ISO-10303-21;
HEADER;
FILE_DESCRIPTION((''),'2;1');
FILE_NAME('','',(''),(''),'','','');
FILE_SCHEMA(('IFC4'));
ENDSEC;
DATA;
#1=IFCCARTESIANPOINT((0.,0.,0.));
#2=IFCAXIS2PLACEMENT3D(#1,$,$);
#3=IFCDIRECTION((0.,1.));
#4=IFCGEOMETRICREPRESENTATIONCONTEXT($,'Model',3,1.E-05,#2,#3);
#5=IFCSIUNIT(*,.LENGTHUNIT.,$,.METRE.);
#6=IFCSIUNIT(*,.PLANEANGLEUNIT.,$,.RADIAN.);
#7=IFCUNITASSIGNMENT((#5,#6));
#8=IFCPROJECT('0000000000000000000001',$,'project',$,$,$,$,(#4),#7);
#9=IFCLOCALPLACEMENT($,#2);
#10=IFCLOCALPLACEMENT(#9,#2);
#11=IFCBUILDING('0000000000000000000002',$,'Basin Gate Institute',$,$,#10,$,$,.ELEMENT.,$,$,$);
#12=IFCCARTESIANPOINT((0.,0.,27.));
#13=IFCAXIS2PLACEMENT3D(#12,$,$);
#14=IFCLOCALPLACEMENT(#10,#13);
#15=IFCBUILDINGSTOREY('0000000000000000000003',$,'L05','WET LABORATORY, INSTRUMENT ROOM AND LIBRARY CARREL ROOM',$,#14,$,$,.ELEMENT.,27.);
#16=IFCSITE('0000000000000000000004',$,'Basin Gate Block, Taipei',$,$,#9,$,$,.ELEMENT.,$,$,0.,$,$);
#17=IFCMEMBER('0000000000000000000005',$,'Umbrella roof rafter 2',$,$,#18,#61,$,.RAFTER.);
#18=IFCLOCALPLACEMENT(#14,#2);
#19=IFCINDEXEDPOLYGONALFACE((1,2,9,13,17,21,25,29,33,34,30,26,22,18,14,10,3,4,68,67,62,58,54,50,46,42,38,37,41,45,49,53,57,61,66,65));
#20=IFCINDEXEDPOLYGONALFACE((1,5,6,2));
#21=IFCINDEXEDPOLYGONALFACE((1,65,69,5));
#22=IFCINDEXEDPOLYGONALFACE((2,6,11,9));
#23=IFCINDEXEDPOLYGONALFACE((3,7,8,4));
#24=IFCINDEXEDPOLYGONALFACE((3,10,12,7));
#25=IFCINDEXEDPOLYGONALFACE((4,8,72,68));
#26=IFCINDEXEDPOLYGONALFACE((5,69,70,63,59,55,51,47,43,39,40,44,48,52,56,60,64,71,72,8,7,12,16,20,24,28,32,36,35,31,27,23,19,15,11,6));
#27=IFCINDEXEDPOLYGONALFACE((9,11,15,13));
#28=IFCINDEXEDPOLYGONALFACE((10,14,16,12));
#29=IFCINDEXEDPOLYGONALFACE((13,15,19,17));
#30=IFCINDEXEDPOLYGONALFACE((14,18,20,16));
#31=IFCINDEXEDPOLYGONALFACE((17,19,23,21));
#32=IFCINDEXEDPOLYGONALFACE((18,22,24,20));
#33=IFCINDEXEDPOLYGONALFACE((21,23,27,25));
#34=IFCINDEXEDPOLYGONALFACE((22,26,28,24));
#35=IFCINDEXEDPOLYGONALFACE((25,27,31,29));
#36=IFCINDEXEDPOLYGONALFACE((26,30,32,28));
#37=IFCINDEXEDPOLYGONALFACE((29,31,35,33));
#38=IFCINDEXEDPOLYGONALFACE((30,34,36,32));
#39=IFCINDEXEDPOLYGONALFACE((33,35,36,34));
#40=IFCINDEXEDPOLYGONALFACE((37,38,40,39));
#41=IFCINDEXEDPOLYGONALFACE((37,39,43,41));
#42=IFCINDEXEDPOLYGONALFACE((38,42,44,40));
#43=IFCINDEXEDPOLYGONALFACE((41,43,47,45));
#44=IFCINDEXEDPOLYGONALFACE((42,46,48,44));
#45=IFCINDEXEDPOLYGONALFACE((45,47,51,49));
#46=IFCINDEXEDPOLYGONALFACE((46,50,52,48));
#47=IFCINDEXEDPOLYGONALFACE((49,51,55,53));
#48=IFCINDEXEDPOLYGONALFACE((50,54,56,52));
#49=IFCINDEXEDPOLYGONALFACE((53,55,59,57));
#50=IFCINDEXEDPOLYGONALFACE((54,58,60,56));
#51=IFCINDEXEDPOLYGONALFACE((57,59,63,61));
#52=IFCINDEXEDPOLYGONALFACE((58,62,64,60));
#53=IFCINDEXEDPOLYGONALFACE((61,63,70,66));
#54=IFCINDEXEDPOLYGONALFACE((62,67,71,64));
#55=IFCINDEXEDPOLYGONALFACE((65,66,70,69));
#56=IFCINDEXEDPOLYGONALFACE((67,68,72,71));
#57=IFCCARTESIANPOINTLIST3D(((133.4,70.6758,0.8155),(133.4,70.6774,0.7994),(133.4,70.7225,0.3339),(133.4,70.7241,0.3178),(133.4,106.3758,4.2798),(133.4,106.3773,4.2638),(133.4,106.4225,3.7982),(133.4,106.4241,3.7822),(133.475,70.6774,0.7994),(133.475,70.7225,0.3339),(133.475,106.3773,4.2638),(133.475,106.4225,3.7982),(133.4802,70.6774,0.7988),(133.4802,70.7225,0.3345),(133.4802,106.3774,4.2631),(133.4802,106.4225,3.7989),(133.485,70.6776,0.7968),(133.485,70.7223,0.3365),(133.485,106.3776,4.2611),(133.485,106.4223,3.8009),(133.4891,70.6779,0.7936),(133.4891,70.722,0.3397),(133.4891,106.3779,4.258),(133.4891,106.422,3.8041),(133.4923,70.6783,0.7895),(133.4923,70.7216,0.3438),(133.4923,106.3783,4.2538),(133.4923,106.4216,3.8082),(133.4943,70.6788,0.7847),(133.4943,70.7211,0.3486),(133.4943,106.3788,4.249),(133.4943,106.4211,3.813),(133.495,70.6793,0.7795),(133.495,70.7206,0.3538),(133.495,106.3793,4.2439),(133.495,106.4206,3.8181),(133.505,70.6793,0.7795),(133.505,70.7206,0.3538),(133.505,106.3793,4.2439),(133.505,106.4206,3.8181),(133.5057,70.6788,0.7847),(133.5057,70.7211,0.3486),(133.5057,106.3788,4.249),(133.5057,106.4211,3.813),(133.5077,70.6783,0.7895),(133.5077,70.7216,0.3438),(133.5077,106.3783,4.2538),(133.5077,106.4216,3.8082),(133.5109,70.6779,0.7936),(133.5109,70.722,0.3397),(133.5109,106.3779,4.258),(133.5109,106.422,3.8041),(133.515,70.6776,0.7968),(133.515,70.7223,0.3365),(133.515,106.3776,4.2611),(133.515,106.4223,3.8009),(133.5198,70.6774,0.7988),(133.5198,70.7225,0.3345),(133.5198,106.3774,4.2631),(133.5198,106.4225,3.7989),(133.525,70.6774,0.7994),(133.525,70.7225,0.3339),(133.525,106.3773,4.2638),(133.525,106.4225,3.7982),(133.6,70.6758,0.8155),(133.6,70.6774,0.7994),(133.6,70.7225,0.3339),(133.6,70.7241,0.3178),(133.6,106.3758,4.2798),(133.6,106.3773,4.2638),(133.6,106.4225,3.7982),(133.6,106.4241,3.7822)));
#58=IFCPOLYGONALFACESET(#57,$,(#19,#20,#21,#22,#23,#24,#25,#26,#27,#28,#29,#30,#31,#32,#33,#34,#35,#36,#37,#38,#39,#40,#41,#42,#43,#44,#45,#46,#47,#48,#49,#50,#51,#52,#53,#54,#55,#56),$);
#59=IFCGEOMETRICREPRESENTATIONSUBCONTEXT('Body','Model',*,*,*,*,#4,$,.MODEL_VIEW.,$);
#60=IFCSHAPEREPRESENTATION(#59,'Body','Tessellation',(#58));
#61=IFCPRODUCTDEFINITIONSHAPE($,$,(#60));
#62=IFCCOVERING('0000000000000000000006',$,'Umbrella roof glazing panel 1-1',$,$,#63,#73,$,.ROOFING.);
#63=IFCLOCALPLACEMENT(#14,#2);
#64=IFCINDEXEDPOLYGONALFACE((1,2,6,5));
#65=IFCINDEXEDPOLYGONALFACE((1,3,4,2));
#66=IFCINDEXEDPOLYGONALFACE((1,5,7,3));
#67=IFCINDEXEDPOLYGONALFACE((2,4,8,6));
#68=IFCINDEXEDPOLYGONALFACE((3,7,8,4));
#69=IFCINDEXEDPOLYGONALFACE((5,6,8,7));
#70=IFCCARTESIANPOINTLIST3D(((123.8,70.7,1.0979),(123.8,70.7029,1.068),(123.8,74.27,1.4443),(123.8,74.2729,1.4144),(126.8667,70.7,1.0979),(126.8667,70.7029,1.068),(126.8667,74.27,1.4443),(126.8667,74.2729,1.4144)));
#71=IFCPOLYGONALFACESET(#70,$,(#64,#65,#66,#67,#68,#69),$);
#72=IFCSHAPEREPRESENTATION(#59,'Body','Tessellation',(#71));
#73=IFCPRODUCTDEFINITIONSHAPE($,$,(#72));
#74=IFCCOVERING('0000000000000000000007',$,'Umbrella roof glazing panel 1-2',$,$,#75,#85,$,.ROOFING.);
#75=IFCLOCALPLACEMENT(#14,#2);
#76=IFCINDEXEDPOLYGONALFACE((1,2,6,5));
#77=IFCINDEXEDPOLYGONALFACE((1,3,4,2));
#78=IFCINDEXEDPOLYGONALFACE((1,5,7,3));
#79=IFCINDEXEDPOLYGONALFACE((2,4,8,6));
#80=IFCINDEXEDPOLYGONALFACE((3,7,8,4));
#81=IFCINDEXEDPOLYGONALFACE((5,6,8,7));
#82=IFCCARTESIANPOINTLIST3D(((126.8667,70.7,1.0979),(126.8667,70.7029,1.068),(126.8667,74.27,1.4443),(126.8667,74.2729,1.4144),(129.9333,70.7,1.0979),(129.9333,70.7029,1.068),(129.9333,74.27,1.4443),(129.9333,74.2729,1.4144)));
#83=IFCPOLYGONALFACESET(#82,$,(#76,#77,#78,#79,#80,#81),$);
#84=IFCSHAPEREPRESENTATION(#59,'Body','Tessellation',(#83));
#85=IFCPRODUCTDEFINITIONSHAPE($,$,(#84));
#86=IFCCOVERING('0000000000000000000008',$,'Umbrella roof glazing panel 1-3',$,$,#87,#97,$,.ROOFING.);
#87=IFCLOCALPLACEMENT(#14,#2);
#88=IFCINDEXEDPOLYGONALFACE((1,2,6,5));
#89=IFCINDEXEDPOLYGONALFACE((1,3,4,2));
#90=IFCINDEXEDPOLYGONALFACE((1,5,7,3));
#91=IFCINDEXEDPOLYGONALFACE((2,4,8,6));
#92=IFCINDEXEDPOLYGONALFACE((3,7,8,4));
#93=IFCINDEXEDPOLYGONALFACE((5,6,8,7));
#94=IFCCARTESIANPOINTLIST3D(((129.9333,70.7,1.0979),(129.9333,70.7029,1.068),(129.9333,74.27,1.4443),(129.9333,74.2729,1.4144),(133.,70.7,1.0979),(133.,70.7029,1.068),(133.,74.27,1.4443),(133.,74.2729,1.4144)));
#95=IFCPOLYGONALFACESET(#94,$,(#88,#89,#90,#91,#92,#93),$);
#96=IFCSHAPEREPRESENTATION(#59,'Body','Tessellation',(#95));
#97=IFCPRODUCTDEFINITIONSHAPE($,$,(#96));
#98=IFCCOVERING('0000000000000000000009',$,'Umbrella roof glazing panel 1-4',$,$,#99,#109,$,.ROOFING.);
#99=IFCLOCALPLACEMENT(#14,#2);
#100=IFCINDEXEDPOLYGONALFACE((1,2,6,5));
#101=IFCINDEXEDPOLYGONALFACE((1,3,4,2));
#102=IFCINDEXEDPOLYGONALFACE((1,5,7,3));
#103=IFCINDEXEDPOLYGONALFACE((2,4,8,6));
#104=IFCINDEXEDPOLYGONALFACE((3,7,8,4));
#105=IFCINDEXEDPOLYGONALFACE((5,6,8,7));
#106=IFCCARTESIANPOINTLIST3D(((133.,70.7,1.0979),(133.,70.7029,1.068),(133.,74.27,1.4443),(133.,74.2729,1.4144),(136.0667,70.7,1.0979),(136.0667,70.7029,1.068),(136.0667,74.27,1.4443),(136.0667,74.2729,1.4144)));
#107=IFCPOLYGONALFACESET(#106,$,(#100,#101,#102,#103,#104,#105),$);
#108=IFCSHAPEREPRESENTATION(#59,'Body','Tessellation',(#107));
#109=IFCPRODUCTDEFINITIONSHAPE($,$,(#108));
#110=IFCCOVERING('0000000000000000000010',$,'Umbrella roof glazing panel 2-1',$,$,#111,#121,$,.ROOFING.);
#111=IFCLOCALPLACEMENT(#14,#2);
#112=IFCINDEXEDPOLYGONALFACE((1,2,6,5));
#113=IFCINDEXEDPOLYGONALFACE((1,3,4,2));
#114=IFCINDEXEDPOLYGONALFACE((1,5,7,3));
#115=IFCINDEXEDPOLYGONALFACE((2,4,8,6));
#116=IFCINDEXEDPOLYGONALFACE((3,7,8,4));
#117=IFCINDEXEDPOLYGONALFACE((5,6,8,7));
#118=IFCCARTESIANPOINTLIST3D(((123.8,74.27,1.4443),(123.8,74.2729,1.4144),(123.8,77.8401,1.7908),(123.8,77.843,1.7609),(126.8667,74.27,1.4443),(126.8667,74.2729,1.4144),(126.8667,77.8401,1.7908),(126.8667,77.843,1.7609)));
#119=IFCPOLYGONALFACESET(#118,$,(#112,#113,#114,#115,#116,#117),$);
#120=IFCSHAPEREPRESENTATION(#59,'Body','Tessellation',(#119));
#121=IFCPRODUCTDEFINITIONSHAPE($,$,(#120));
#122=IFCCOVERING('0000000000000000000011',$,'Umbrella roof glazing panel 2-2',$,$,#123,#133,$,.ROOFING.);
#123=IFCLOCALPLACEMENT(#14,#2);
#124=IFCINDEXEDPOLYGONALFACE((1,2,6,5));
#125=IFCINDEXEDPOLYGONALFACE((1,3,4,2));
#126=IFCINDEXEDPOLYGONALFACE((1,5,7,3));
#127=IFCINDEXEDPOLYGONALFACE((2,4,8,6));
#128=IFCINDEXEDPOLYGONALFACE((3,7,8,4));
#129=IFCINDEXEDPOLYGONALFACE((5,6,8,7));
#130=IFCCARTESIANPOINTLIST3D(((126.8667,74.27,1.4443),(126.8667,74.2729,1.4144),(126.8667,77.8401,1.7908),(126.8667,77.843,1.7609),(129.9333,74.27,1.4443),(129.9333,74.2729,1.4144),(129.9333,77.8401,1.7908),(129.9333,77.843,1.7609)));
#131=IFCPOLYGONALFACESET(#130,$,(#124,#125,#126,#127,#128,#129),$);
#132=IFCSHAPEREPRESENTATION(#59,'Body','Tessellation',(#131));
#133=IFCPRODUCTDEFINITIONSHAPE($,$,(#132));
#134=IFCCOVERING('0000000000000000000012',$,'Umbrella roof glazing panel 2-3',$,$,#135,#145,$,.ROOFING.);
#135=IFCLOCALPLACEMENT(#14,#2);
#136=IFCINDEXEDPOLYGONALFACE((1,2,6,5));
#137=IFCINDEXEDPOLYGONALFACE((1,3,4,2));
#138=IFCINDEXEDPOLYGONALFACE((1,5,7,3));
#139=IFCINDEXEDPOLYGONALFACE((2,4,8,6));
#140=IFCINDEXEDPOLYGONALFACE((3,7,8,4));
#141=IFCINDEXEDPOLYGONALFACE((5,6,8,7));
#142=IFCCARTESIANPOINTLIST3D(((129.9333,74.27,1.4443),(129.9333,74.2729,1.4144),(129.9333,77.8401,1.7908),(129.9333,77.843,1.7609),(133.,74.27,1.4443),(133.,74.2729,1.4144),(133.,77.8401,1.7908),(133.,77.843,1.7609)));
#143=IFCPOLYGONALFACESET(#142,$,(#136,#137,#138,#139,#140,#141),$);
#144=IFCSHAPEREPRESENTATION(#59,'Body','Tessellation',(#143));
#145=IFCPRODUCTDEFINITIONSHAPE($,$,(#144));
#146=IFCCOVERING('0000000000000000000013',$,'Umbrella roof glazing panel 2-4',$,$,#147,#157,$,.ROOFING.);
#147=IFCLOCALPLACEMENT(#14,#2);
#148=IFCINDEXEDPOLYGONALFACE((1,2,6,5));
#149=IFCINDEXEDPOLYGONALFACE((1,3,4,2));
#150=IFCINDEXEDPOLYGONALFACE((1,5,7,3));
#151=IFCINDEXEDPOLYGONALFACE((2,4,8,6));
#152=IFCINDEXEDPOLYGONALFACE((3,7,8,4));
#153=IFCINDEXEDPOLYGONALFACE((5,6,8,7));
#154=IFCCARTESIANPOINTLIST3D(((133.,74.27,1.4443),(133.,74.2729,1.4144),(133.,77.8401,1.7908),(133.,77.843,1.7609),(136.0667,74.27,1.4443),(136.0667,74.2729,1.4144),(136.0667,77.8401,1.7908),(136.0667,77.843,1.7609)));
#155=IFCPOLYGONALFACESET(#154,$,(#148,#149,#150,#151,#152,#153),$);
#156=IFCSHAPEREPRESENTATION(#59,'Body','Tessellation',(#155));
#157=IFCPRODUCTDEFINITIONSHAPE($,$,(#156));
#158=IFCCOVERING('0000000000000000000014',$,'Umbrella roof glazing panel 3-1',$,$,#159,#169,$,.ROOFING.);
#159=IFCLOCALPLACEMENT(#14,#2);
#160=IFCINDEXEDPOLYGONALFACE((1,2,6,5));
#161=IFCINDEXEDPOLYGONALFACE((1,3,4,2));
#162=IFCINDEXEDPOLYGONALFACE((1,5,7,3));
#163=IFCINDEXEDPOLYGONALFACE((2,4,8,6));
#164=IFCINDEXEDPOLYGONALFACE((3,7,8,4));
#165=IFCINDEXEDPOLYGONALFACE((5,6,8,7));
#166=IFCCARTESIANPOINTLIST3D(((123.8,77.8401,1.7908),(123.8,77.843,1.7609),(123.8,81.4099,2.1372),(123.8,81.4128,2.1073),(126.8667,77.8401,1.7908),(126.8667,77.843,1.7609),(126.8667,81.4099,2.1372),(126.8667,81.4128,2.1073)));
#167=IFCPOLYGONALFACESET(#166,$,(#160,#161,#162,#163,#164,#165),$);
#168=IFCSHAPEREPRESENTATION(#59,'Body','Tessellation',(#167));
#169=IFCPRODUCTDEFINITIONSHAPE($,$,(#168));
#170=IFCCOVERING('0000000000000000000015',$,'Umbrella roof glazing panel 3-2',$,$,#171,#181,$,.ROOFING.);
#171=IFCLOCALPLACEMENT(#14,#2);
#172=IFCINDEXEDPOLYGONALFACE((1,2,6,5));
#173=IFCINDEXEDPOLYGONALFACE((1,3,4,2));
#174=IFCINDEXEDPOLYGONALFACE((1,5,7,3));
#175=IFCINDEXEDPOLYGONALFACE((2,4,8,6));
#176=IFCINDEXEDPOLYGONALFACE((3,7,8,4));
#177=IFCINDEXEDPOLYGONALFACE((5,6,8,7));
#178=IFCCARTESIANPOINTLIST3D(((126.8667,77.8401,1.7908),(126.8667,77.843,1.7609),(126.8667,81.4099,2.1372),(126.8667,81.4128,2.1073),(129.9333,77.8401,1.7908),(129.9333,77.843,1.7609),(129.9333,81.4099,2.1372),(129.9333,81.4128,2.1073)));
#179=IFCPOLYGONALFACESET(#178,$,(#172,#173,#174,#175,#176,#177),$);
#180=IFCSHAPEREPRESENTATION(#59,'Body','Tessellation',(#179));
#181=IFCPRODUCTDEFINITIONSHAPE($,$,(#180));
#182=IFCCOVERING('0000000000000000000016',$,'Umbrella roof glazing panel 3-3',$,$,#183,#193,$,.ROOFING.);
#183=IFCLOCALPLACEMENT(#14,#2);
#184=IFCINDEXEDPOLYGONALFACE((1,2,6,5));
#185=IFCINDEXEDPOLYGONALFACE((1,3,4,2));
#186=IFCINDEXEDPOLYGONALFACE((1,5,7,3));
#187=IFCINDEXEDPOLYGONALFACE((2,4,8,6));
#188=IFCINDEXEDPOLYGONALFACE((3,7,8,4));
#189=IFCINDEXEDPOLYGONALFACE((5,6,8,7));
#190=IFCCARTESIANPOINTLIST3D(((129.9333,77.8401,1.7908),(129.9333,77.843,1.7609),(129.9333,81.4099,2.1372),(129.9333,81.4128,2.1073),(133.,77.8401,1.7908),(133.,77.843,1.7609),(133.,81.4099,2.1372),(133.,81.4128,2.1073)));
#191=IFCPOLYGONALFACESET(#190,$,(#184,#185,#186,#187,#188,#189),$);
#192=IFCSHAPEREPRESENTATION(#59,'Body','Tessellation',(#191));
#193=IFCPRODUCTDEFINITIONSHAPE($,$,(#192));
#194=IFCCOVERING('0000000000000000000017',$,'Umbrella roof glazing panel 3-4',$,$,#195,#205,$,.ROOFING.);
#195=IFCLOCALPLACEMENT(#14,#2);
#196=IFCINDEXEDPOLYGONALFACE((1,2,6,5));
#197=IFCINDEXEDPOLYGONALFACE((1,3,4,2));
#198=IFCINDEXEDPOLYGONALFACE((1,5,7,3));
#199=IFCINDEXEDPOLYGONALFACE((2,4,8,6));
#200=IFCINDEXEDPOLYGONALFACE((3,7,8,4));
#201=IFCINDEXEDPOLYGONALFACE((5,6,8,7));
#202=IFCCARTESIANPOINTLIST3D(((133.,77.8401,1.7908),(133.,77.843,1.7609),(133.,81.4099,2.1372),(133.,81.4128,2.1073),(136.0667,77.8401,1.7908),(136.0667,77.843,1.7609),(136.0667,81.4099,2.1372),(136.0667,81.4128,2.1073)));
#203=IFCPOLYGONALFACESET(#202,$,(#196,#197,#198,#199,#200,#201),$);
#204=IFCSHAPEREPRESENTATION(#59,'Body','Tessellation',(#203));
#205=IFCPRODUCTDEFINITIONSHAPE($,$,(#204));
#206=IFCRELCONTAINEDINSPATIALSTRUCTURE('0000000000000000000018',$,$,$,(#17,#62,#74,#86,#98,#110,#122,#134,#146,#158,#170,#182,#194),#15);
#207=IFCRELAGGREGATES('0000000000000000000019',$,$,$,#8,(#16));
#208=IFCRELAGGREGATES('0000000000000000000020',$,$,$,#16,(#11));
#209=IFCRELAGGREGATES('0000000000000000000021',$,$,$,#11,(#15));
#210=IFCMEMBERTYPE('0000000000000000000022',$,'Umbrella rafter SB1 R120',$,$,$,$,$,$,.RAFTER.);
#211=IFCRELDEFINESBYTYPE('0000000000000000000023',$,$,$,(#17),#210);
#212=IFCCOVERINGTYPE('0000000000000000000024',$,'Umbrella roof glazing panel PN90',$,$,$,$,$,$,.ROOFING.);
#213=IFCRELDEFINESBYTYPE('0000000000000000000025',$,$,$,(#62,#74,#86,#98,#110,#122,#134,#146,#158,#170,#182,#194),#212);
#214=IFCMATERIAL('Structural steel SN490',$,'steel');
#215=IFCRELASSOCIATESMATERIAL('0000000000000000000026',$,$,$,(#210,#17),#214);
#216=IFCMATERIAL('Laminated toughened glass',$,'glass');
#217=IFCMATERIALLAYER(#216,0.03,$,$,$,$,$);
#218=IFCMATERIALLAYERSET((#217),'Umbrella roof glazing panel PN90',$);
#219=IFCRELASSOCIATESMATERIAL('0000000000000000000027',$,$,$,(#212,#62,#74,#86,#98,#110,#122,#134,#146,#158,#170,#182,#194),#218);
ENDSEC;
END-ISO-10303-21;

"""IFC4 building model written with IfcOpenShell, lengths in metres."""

from ifc_helpers import new_model, si_unit, direction, frame, origin, origin_2d, place, context, subcontext, project, spatial, polyline, i_section, outline, extrude, material, layer, layer_set, material_profile, profile_set, type_object, element, save


model = new_model("IFC4")

# Units and contexts
model_context = context("Model", 3, precision=1e-05, world=origin(), true_north=direction((0.0, 1.0)))
body_context = subcontext(model_context, "Body", "Model", "MODEL_VIEW")
ifc_project = project(units=[si_unit("LENGTHUNIT", "METRE"), si_unit("PLANEANGLEUNIT", "RADIAN")], contexts=[model_context])

# Site, building, storey
site_placement = place(None, origin())
site = spatial("IfcSite", under=ifc_project, at=site_placement, Name="Basin Gate Block, Taipei", CompositionType="ELEMENT", RefElevation=0.0)
building_placement = place(site_placement, origin())
building = spatial("IfcBuilding", under=site, at=building_placement, Name="Basin Gate Institute", CompositionType="ELEMENT")
storey_placement = place(building_placement, frame((0.0, 0.0, 27.0)))
storey = spatial("IfcBuildingStorey", under=building, at=storey_placement, Name="L05", Description="WET LABORATORY, INSTRUMENT ROOM AND LIBRARY CARREL ROOM", CompositionType="ELEMENT", Elevation=27.0)

# Member
ifc_material_1 = material(Name="Structural steel SN490", Category="steel")
ifc_material_profile_1 = material_profile(ifc_material_1, i_section(OverallWidth=0.2, OverallDepth=0.5, WebThickness=0.01, FlangeThickness=0.0161, FilletRadius=0.02, at=origin_2d()), Name="H500x200")
ifc_profile_set_1 = profile_set([ifc_material_profile_1], Name="Structural steel SN490")
member_type_1 = type_object("IfcMemberType", Name="Umbrella rafter SB1 R120", PredefinedType="RAFTER", material=ifc_profile_set_1)
for number, where, z_axis, x_axis, name in (
    (1, (133.5, 70.7, 0.5667), (0.0, 0.995325, 0.096587), (-1.0, 0.0, 0.0), "Umbrella roof rafter 2"),
):
    element("IfcMember", number, at=place(storey_placement, frame(where, z_axis=z_axis, x_axis=x_axis)), inside=storey, type_object=member_type_1, material=ifc_profile_set_1, Name=name, PredefinedType="RAFTER", context=body_context, shape_type="SweptSolid", body=[
        extrude(i_section(OverallWidth=0.2, OverallDepth=0.5, WebThickness=0.01, FlangeThickness=0.0161, FilletRadius=0.02, at=origin_2d()), origin(), (0.0, 0.0, 1.0), 35.8677),
    ])

# Coverings
ifc_material_2 = material(Name="Laminated toughened glass", Category="glass")
ifc_layer_1 = layer(ifc_material_2, 0.03)
ifc_layer_set_1 = layer_set([ifc_layer_1], Name="Umbrella roof glazing panel PN90")
covering_type = type_object("IfcCoveringType", Name="Umbrella roof glazing panel PN90", PredefinedType="ROOFING", material=ifc_layer_set_1)
for number, where, z_axis, x_axis, name in (
    (2, (123.8, 70.7, 1.0979), (0.0, -0.096585, 0.995325), (1.0, 0.0, 0.0), "Umbrella roof glazing panel 1-1"),
    (3, (126.8667, 70.7, 1.0979), (0.0, -0.096585, 0.995325), (1.0, 0.0, 0.0), "Umbrella roof glazing panel 1-2"),
    (4, (129.9333, 70.7, 1.0979), (0.0, -0.096585, 0.995325), (1.0, 0.0, 0.0), "Umbrella roof glazing panel 1-3"),
    (5, (133.0, 70.7, 1.0979), (0.0, -0.096585, 0.995325), (1.0, 0.0, 0.0), "Umbrella roof glazing panel 1-4"),
    (6, (123.8, 74.27, 1.4443), (0.0, -0.096585, 0.995325), (1.0, 0.0, 0.0), "Umbrella roof glazing panel 2-1"),
    (7, (126.8667, 74.27, 1.4443), (0.0, -0.096585, 0.995325), (1.0, 0.0, 0.0), "Umbrella roof glazing panel 2-2"),
    (8, (129.9333, 74.27, 1.4443), (0.0, -0.096585, 0.995325), (1.0, 0.0, 0.0), "Umbrella roof glazing panel 2-3"),
    (9, (133.0, 74.27, 1.4443), (0.0, -0.096585, 0.995325), (1.0, 0.0, 0.0), "Umbrella roof glazing panel 2-4"),
):
    element("IfcCovering", number, at=place(storey_placement, frame(where, z_axis=z_axis, x_axis=x_axis)), inside=storey, type_object=covering_type, material=ifc_layer_set_1, Name=name, PredefinedType="ROOFING", context=body_context, shape_type="SweptSolid", body=[
        extrude(outline(polyline([(0.0, 0.0), (3.0667, 0.0), (3.0667, 3.5868), (0.0, 3.5868), (0.0, 0.0)])), origin(), (0.0, 0.0, -1.0), 0.03),
    ])
for number, where, z_axis, x_axis, name in (
    (10, (123.8, 77.8401, 1.7908), (0.0, -0.096592, 0.995324), (1.0, 0.0, 0.0), "Umbrella roof glazing panel 3-1"),
    (11, (126.8667, 77.8401, 1.7908), (0.0, -0.096592, 0.995324), (1.0, 0.0, 0.0), "Umbrella roof glazing panel 3-2"),
    (12, (129.9333, 77.8401, 1.7908), (0.0, -0.096592, 0.995324), (1.0, 0.0, 0.0), "Umbrella roof glazing panel 3-3"),
    (13, (133.0, 77.8401, 1.7908), (0.0, -0.096592, 0.995324), (1.0, 0.0, 0.0), "Umbrella roof glazing panel 3-4"),
):
    element("IfcCovering", number, at=place(storey_placement, frame(where, z_axis=z_axis, x_axis=x_axis)), inside=storey, type_object=covering_type, material=ifc_layer_set_1, Name=name, PredefinedType="ROOFING", context=body_context, shape_type="SweptSolid", body=[
        extrude(outline(polyline([(0.0, 0.0), (3.0667, 0.0), (3.0667, 3.5866), (0.0, 3.5866), (0.0, 0.0)])), origin(), (0.0, 0.0, -1.0), 0.03),
    ])

save(model, "model.ifc")
